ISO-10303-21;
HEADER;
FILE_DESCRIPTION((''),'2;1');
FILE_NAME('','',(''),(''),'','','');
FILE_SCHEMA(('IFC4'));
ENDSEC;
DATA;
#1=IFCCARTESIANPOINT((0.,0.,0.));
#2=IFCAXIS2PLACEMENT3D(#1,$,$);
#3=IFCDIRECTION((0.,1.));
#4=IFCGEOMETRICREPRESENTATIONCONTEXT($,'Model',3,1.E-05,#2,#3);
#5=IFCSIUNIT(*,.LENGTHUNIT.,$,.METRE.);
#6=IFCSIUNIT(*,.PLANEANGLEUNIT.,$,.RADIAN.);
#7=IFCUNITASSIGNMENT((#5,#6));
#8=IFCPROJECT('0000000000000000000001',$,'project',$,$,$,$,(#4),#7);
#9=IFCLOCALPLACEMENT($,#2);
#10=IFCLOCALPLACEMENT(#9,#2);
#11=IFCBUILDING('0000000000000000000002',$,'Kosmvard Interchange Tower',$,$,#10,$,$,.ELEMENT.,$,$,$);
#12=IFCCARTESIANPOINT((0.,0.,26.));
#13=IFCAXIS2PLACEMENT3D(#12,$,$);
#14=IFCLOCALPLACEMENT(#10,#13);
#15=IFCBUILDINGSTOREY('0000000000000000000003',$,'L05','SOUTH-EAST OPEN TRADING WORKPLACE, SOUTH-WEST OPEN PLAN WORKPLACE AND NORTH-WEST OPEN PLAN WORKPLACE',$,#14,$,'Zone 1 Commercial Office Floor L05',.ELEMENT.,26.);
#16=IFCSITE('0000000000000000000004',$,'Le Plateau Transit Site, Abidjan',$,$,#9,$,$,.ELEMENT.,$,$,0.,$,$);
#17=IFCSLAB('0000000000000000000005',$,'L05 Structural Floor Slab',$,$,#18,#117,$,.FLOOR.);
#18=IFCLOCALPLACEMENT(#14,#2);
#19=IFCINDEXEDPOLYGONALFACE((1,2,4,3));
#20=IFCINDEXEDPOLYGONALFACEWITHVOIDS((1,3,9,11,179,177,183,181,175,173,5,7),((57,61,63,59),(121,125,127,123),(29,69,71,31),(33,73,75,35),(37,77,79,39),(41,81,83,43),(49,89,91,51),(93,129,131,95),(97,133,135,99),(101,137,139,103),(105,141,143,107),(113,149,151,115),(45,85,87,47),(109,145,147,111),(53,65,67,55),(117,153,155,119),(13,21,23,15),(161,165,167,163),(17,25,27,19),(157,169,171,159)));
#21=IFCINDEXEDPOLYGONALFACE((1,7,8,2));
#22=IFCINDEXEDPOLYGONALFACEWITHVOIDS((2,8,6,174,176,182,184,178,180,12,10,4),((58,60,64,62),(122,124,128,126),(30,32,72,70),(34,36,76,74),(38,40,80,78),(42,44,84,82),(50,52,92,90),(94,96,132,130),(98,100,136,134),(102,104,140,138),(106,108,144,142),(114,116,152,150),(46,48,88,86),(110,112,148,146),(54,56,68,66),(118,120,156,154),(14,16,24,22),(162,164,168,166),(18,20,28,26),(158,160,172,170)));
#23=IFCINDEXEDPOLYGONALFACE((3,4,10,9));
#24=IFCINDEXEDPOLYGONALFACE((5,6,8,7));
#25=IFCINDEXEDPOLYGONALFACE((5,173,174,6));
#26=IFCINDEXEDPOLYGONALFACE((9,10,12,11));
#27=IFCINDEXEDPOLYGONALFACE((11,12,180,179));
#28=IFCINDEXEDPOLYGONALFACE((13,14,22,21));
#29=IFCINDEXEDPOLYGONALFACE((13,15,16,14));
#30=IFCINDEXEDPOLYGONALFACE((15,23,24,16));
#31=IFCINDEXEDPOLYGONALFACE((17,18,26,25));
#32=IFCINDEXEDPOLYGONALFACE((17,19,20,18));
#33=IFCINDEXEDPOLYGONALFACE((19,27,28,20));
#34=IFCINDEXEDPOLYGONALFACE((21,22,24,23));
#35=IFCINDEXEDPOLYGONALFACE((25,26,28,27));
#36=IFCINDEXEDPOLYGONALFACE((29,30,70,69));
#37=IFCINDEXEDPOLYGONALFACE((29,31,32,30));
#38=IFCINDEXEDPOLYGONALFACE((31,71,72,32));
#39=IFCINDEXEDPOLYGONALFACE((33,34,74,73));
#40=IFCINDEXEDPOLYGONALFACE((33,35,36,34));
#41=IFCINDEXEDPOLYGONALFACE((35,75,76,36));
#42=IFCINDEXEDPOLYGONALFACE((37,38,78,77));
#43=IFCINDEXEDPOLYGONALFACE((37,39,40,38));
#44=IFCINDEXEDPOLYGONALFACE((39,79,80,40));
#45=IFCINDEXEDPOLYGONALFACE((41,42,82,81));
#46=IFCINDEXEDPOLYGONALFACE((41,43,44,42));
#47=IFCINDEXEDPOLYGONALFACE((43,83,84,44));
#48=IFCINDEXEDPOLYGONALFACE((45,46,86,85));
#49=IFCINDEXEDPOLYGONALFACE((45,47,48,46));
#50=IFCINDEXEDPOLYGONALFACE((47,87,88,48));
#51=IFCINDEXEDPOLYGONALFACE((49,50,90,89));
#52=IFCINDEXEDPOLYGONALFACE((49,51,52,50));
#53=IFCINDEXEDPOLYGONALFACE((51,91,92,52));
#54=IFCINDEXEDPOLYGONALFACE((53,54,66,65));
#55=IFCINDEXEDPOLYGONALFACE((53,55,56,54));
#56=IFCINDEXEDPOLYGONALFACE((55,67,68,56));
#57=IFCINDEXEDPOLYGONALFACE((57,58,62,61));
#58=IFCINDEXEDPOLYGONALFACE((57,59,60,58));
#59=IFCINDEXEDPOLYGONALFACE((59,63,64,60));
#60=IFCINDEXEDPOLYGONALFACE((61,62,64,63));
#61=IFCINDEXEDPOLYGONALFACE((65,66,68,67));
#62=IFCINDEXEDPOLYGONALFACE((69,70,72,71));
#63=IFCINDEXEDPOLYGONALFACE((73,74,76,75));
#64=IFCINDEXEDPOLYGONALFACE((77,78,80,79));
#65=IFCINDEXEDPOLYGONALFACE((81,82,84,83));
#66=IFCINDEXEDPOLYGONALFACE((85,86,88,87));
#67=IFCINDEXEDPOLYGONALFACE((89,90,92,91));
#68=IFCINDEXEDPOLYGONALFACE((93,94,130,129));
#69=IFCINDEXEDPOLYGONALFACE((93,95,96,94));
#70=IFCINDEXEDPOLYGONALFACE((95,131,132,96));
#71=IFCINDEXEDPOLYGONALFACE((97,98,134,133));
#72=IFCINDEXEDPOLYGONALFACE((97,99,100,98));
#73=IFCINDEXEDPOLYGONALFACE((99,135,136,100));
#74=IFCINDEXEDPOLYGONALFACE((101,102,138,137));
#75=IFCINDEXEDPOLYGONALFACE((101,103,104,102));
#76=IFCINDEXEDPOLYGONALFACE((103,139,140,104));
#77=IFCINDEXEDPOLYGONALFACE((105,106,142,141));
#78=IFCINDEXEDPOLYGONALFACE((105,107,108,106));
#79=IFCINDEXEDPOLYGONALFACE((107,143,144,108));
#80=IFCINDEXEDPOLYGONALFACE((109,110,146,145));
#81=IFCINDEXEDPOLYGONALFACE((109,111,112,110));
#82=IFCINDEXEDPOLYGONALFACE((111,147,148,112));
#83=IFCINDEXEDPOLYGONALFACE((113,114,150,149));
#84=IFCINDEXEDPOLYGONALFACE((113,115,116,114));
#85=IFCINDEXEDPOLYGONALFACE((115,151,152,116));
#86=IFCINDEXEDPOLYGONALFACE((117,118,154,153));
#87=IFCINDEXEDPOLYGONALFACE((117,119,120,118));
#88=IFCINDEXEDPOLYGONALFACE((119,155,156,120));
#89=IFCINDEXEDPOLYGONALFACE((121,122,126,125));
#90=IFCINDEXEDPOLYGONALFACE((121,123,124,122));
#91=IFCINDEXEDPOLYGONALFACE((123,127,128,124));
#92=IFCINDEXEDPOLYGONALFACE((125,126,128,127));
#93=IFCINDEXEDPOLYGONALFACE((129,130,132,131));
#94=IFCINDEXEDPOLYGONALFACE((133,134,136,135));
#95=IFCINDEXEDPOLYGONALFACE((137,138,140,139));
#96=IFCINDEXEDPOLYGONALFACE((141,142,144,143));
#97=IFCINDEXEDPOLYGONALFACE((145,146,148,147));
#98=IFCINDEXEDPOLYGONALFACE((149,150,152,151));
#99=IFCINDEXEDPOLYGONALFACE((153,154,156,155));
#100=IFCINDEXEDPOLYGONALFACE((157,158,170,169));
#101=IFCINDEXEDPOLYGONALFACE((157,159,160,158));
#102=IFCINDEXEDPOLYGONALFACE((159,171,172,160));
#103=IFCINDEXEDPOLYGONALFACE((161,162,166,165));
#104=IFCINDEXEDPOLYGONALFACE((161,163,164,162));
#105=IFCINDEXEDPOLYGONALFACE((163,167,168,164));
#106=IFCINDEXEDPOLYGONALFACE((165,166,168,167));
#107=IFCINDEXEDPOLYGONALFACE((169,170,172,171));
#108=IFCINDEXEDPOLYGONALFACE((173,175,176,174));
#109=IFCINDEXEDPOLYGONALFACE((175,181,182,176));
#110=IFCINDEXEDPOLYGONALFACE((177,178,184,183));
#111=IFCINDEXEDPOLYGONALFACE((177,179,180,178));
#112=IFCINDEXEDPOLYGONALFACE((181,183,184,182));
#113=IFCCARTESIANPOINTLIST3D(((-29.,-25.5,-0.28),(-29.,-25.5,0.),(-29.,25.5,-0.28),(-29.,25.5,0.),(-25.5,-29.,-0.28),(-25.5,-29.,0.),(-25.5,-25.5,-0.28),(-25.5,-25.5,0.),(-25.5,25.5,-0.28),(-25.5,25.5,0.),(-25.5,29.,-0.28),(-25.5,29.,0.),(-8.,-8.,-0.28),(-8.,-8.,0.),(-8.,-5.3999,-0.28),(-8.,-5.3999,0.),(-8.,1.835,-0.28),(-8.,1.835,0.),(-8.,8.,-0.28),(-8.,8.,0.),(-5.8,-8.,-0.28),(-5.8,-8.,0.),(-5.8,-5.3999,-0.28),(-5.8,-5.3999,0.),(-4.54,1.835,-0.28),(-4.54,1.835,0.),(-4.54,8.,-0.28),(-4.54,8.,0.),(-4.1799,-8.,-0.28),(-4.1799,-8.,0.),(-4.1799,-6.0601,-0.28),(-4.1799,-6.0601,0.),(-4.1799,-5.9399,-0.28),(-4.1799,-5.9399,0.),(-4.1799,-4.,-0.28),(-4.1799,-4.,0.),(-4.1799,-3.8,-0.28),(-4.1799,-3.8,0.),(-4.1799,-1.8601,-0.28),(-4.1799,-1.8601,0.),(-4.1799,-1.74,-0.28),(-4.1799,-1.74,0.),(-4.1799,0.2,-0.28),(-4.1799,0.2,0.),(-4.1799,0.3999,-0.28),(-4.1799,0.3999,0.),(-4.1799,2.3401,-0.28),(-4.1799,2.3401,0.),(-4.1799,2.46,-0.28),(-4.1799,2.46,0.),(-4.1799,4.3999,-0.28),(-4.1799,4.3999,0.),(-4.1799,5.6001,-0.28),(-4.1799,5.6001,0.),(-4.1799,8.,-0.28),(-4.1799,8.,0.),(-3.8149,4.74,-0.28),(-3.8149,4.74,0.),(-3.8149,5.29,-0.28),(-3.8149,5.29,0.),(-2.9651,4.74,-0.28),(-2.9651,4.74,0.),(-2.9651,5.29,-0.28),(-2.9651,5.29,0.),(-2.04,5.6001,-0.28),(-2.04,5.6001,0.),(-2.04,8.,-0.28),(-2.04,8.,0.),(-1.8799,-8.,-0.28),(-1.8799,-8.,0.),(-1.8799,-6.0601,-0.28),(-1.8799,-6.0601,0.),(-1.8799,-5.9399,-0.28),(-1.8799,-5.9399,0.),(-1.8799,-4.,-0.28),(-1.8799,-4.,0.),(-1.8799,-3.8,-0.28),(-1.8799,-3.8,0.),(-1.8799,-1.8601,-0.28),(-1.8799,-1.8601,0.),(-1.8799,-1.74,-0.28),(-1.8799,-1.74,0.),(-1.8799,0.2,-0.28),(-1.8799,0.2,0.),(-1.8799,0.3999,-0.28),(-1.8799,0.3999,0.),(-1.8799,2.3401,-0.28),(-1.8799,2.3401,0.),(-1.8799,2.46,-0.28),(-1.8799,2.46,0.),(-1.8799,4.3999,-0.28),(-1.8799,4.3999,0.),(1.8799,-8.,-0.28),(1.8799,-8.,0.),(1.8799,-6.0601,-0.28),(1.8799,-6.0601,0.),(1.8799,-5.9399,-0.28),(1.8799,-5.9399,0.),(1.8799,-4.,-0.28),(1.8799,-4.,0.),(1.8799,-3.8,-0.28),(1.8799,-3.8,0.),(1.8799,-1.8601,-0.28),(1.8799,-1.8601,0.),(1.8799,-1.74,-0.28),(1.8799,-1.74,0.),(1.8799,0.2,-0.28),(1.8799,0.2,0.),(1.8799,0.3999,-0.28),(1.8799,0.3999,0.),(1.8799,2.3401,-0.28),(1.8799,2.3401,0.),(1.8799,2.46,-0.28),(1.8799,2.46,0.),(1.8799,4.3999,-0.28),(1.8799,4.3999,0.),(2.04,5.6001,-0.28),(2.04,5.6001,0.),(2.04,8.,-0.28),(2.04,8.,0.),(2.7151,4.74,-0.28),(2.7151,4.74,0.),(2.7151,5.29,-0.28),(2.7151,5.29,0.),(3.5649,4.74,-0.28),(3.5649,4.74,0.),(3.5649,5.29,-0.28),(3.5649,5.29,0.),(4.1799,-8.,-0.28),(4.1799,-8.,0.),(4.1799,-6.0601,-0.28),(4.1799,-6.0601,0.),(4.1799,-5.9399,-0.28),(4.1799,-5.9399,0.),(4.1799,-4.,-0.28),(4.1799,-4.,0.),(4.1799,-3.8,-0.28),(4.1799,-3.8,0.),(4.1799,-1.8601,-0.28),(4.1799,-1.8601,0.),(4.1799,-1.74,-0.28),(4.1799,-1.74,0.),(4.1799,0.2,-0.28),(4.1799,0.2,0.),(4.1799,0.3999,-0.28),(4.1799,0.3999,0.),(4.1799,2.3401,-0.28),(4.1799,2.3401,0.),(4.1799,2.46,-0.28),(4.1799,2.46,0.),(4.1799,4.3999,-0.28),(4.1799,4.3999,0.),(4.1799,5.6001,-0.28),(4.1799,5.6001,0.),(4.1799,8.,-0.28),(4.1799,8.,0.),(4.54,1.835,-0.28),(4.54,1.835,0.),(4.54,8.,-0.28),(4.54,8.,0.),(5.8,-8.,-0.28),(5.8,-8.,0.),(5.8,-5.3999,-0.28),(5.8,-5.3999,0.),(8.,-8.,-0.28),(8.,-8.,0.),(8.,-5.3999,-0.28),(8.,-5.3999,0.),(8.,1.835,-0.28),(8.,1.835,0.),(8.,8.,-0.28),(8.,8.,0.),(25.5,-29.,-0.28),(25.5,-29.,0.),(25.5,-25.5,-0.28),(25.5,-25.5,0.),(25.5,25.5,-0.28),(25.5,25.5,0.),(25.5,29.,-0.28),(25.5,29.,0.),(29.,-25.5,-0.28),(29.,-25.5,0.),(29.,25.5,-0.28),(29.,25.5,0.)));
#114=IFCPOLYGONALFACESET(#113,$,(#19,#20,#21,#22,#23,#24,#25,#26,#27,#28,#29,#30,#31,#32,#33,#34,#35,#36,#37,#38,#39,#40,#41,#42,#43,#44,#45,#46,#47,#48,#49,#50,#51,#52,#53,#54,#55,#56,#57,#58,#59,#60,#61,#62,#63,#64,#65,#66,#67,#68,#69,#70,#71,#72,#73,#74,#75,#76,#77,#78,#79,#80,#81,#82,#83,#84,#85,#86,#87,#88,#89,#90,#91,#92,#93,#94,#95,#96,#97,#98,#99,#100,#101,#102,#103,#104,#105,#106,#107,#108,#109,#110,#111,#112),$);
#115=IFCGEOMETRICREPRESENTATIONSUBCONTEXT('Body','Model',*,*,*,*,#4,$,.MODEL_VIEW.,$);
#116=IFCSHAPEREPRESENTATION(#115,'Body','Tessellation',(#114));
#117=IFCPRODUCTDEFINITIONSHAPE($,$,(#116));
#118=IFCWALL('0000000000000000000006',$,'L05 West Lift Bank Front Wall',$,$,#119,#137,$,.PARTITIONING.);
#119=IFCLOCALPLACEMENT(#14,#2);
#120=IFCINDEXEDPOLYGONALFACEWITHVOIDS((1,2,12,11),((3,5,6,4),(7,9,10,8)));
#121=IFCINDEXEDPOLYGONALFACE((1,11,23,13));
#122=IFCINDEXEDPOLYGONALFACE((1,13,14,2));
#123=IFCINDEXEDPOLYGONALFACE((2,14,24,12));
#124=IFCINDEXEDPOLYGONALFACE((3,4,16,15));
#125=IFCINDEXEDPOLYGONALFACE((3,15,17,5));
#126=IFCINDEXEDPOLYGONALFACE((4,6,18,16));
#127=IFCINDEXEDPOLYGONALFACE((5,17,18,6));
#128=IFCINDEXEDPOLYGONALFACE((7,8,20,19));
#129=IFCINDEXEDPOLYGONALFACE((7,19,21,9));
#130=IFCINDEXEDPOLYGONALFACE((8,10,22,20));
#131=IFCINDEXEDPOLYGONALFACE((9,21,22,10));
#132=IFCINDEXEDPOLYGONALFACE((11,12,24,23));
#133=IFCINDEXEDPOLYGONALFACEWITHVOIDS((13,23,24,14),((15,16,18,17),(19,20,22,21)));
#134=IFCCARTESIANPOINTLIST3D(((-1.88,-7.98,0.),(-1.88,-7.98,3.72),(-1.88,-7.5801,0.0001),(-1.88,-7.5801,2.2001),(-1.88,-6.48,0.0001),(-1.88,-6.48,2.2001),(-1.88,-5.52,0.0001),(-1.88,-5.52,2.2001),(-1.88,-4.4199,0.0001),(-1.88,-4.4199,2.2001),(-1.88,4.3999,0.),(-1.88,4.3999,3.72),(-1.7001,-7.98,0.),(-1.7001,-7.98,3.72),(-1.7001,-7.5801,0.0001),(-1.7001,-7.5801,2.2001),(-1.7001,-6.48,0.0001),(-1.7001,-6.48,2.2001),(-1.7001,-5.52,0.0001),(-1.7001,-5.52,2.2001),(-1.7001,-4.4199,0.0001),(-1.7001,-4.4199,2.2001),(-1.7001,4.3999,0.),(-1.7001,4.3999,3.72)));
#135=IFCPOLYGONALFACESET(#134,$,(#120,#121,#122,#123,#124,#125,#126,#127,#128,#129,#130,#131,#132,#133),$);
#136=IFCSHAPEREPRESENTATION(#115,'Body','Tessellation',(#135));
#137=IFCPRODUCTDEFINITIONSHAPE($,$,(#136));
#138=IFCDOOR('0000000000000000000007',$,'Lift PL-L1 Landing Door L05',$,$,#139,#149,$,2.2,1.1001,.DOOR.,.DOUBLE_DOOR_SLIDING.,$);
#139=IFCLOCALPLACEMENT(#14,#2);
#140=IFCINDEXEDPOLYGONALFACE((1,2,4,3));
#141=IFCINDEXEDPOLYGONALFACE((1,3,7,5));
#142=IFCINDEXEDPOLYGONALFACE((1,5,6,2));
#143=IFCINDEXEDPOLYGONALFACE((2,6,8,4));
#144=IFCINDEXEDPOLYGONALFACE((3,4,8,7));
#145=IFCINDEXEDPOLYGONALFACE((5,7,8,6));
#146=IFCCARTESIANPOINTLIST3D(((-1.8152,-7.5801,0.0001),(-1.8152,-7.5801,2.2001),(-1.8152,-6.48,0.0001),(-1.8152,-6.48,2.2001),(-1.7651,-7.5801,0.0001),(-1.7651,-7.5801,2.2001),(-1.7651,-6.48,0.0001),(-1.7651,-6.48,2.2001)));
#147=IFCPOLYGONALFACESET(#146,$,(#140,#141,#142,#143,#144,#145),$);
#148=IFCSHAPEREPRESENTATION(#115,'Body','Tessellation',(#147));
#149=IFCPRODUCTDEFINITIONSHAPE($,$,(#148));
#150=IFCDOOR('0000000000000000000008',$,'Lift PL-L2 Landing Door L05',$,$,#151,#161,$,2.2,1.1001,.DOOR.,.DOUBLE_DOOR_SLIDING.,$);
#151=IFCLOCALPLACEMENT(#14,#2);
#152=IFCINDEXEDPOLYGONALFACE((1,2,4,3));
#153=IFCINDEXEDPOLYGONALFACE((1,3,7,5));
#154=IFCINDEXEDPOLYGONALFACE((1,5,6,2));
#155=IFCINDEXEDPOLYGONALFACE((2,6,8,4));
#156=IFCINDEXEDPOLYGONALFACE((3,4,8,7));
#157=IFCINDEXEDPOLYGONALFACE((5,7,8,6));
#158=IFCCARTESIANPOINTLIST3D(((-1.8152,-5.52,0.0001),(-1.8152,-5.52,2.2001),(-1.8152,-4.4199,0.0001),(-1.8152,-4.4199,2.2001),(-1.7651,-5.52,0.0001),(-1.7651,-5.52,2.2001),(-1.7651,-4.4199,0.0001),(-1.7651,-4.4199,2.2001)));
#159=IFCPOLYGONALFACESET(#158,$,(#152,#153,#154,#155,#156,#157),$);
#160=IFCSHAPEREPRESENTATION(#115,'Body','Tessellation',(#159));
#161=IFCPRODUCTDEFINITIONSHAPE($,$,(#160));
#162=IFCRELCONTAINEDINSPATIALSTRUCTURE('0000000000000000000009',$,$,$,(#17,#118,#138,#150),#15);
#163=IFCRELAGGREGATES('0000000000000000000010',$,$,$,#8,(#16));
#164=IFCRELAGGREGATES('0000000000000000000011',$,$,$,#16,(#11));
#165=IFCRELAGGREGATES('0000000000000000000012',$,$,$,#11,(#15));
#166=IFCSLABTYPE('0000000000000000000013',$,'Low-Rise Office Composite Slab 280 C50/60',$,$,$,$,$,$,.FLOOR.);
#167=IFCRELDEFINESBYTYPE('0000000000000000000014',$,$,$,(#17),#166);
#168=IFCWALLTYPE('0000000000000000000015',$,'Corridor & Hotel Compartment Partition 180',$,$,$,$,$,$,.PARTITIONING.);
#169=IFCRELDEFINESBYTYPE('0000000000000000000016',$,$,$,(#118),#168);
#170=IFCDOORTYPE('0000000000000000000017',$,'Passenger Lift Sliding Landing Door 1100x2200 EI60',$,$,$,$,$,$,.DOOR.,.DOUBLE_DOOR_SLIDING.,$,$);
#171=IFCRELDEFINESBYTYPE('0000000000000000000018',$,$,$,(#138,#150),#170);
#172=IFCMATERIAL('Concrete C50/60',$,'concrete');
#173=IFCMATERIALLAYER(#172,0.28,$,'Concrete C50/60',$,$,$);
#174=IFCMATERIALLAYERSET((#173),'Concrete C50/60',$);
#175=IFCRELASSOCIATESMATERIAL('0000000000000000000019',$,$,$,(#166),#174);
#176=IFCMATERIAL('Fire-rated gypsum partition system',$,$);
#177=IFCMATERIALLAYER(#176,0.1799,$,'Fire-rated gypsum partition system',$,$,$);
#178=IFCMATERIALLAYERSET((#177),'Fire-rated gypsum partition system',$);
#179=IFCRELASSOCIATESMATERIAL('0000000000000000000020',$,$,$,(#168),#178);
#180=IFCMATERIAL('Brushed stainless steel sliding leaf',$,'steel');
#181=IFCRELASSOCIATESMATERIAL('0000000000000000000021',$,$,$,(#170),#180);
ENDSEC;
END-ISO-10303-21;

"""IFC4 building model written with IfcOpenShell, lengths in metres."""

from ifc_helpers import new_model, si_unit, direction, frame, frame_2d, origin, place, context, subcontext, project, spatial, polyline, rectangle, outline, extrude, source, transform, mapped, material, layer, layer_set, type_object, element, fill, save


model = new_model("IFC4")

# Units and contexts
model_context = context("Model", 3, precision=1e-05, world=origin(), true_north=direction((0.0, 1.0)))
body_context = subcontext(model_context, "Body", "Model", "MODEL_VIEW")
ifc_project = project(units=[si_unit("LENGTHUNIT", "METRE"), si_unit("PLANEANGLEUNIT", "RADIAN")], contexts=[model_context])

# Site, building, storey
site_placement = place(None, origin())
site = spatial("IfcSite", under=ifc_project, at=site_placement, Name="Le Plateau Transit Site, Abidjan", CompositionType="ELEMENT", RefElevation=0.0)
building_placement = place(site_placement, origin())
building = spatial("IfcBuilding", under=site, at=building_placement, Name="Kosmvard Interchange Tower", CompositionType="ELEMENT")
storey_placement = place(building_placement, frame((0.0, 0.0, 26.0)))
storey = spatial("IfcBuildingStorey", under=building, at=storey_placement, Name="L05", Description="SOUTH-EAST OPEN TRADING WORKPLACE, SOUTH-WEST OPEN PLAN WORKPLACE AND NORTH-WEST OPEN PLAN WORKPLACE", LongName="Zone 1 Commercial Office Floor L05", CompositionType="ELEMENT", Elevation=26.0)

# Slab
ifc_material_1 = material(Name="Concrete C50/60", Category="concrete")
ifc_layer_1 = layer(ifc_material_1, 0.28, Name="Concrete C50/60")
ifc_layer_set_1 = layer_set([ifc_layer_1], Name="Concrete C50/60")
slab_type = type_object("IfcSlabType", Name="Low-Rise Office Composite Slab 280 C50/60", PredefinedType="FLOOR", material=ifc_layer_set_1)
slab_placement = place(storey_placement, frame((0.0, 0.0, -0.28)))
element("IfcSlab", 1, at=slab_placement, inside=storey, type_object=slab_type, Name="L05 Structural Floor Slab", PredefinedType="FLOOR", context=body_context, shape_type="SweptSolid", body=[
    extrude(outline(polyline([(-25.5, -29.0), (25.5, -29.0), (25.5, -25.5), (29.0, -25.5), (29.0, 25.5), (25.5, 25.5), (25.5, 29.0), (-25.5, 29.0), (-25.5, 25.5), (-29.0, 25.5), (-29.0, -25.5), (-25.5, -25.5), (-25.5, -29.0)]), holes=[polyline([(-8.0, 1.835), (-4.54, 1.835), (-4.54, 8.0), (-8.0, 8.0), (-8.0, 1.835)]), polyline([(4.54, 1.835), (8.0, 1.835), (8.0, 8.0), (4.54, 8.0), (4.54, 1.835)]), polyline([(-8.0, -8.0), (-5.8, -8.0), (-5.8, -5.3999), (-8.0, -5.3999), (-8.0, -8.0)]), polyline([(5.8, -8.0), (8.0, -8.0), (8.0, -5.3999), (5.8, -5.3999), (5.8, -8.0)]), polyline([(-4.1799, -8.0), (-1.8799, -8.0), (-1.8799, -6.0601), (-4.1799, -6.0601), (-4.1799, -8.0)]), polyline([(-4.1799, -5.9399), (-1.8799, -5.9399), (-1.8799, -4.0), (-4.1799, -4.0), (-4.1799, -5.9399)]), polyline([(1.8799, -8.0), (4.1799, -8.0), (4.1799, -6.0601), (1.8799, -6.0601), (1.8799, -8.0)]), polyline([(1.8799, -5.9399), (4.1799, -5.9399), (4.1799, -4.0), (1.8799, -4.0), (1.8799, -5.9399)]), polyline([(-4.1799, -3.8), (-1.8799, -3.8), (-1.8799, -1.8601), (-4.1799, -1.8601), (-4.1799, -3.8)]), polyline([(-4.1799, -1.74), (-1.8799, -1.74), (-1.8799, 0.2), (-4.1799, 0.2), (-4.1799, -1.74)]), polyline([(1.8799, -3.8), (4.1799, -3.8), (4.1799, -1.8601), (1.8799, -1.8601), (1.8799, -3.8)]), polyline([(1.8799, -1.74), (4.1799, -1.74), (4.1799, 0.2), (1.8799, 0.2), (1.8799, -1.74)]), polyline([(-4.1799, 0.3999), (-1.8799, 0.3999), (-1.8799, 2.3401), (-4.1799, 2.3401), (-4.1799, 0.3999)]), polyline([(-4.1799, 2.46), (-1.8799, 2.46), (-1.8799, 4.3999), (-4.1799, 4.3999), (-4.1799, 2.46)]), polyline([(1.8799, 0.3999), (4.1799, 0.3999), (4.1799, 2.3401), (1.8799, 2.3401), (1.8799, 0.3999)]), polyline([(1.8799, 2.46), (4.1799, 2.46), (4.1799, 4.3999), (1.8799, 4.3999), (1.8799, 2.46)]), polyline([(-4.1799, 5.6001), (-2.04, 5.6001), (-2.04, 8.0), (-4.1799, 8.0), (-4.1799, 5.6001)]), polyline([(2.04, 5.6001), (4.1799, 5.6001), (4.1799, 8.0), (2.04, 8.0), (2.04, 5.6001)]), polyline([(-3.8149, 4.74), (-2.9651, 4.74), (-2.9651, 5.29), (-3.8149, 5.29), (-3.8149, 4.74)]), polyline([(2.7151, 4.74), (3.5649, 4.74), (3.5649, 5.29), (2.7151, 5.29), (2.7151, 4.74)])]), origin(), (0.0, 0.0, 1.0), 0.28),
])

# Wall, openings, doors
ifc_material_2 = material(Name="Fire-rated gypsum partition system")
ifc_layer_2 = layer(ifc_material_2, 0.1799, Name="Fire-rated gypsum partition system")
ifc_layer_set_2 = layer_set([ifc_layer_2], Name="Fire-rated gypsum partition system")
wall_type_1 = type_object("IfcWallType", Name="Corridor & Hotel Compartment Partition 180", PredefinedType="PARTITIONING", material=ifc_layer_set_2)
wall_1_placement = place(storey_placement, frame((-1.79, -7.98, 0.0), z_axis=(0.0, 0.0, 1.0), x_axis=(0.0, 1.0, 0.0)))
wall_1 = element("IfcWall", 2, at=wall_1_placement, inside=storey, type_object=wall_type_1, Name="L05 West Lift Bank Front Wall", PredefinedType="PARTITIONING", context=body_context, shape_type="SweptSolid", body=[
    extrude(rectangle(XDim=12.3799, YDim=0.1799, at=frame_2d((6.1899, 0.0))), origin(), (0.0, 0.0, 1.0), 3.72),
])
opening_1_placement = place(wall_1_placement, frame((0.3999, 0.0, 0.0)))
opening_1 = element("IfcOpeningElement", 3, at=opening_1_placement, cuts=wall_1, PredefinedType="OPENING", context=body_context, shape_type="SweptSolid", body=[
    extrude(rectangle(XDim=1.1001, YDim=2.2, at=frame_2d((0.55, 1.1001))), frame((0.0, 0.1001, 0.0), z_axis=(0.0, -1.0, 0.0), x_axis=(1.0, 0.0, 0.0)), (0.0, 0.0, 1.0), 0.2),
])
opening_2_placement = place(wall_1_placement, frame((2.46, 0.0, 0.0)))
opening_2 = element("IfcOpeningElement", 4, at=opening_2_placement, cuts=wall_1, PredefinedType="OPENING", context=body_context, shape_type="SweptSolid", body=[
    extrude(rectangle(XDim=1.1001, YDim=2.2, at=frame_2d((0.55, 1.1001))), frame((0.0, 0.1001, 0.0), z_axis=(0.0, -1.0, 0.0), x_axis=(1.0, 0.0, 0.0)), (0.0, 0.0, 1.0), 0.2),
])
ifc_material_3 = material(Name="Brushed stainless steel sliding leaf", Category="steel")
door_type_1 = type_object("IfcDoorType", Name="Passenger Lift Sliding Landing Door 1100x2200 EI60", OperationType="DOUBLE_DOOR_SLIDING", PredefinedType="DOOR", material=ifc_material_3)
shared_shape_1 = source(origin(), body_context, "Body", "SweptSolid", [
    extrude(rectangle(XDim=1.1001, YDim=2.2, at=frame_2d((0.55, 1.1001))), frame((0.0, 0.0249, 0.0), z_axis=(0.0, -1.0, 0.0), x_axis=(1.0, 0.0, 0.0)), (0.0, 0.0, 1.0), 0.05),
])
door_1_placement = place(opening_1_placement, frame((1.1001, 0.0, 0.0), z_axis=(0.0, 0.0, 1.0), x_axis=(-1.0, 0.0, 0.0)))
door_1 = element("IfcDoor", 5, at=door_1_placement, inside=storey, type_object=door_type_1, Name="Lift PL-L1 Landing Door L05", OperationType="DOUBLE_DOOR_SLIDING", OverallHeight=2.2, OverallWidth=1.1001, PredefinedType="DOOR", context=body_context, shape_type="MappedRepresentation", body=[
    mapped(shared_shape_1, transform((0.0, 0.0, 0.0), scale=1.0)),
])
fill(opening_1, door_1)
door_2_placement = place(opening_2_placement, frame((1.1001, 0.0, 0.0), z_axis=(0.0, 0.0, 1.0), x_axis=(-1.0, 0.0, 0.0)))
door_2 = element("IfcDoor", 6, at=door_2_placement, inside=storey, type_object=door_type_1, Name="Lift PL-L2 Landing Door L05", OperationType="DOUBLE_DOOR_SLIDING", OverallHeight=2.2, OverallWidth=1.1001, PredefinedType="DOOR", context=body_context, shape_type="MappedRepresentation", body=[
    mapped(shared_shape_1, transform((0.0, 0.0, 0.0), scale=1.0)),
])
fill(opening_2, door_2)

save(model, "model.ifc")
